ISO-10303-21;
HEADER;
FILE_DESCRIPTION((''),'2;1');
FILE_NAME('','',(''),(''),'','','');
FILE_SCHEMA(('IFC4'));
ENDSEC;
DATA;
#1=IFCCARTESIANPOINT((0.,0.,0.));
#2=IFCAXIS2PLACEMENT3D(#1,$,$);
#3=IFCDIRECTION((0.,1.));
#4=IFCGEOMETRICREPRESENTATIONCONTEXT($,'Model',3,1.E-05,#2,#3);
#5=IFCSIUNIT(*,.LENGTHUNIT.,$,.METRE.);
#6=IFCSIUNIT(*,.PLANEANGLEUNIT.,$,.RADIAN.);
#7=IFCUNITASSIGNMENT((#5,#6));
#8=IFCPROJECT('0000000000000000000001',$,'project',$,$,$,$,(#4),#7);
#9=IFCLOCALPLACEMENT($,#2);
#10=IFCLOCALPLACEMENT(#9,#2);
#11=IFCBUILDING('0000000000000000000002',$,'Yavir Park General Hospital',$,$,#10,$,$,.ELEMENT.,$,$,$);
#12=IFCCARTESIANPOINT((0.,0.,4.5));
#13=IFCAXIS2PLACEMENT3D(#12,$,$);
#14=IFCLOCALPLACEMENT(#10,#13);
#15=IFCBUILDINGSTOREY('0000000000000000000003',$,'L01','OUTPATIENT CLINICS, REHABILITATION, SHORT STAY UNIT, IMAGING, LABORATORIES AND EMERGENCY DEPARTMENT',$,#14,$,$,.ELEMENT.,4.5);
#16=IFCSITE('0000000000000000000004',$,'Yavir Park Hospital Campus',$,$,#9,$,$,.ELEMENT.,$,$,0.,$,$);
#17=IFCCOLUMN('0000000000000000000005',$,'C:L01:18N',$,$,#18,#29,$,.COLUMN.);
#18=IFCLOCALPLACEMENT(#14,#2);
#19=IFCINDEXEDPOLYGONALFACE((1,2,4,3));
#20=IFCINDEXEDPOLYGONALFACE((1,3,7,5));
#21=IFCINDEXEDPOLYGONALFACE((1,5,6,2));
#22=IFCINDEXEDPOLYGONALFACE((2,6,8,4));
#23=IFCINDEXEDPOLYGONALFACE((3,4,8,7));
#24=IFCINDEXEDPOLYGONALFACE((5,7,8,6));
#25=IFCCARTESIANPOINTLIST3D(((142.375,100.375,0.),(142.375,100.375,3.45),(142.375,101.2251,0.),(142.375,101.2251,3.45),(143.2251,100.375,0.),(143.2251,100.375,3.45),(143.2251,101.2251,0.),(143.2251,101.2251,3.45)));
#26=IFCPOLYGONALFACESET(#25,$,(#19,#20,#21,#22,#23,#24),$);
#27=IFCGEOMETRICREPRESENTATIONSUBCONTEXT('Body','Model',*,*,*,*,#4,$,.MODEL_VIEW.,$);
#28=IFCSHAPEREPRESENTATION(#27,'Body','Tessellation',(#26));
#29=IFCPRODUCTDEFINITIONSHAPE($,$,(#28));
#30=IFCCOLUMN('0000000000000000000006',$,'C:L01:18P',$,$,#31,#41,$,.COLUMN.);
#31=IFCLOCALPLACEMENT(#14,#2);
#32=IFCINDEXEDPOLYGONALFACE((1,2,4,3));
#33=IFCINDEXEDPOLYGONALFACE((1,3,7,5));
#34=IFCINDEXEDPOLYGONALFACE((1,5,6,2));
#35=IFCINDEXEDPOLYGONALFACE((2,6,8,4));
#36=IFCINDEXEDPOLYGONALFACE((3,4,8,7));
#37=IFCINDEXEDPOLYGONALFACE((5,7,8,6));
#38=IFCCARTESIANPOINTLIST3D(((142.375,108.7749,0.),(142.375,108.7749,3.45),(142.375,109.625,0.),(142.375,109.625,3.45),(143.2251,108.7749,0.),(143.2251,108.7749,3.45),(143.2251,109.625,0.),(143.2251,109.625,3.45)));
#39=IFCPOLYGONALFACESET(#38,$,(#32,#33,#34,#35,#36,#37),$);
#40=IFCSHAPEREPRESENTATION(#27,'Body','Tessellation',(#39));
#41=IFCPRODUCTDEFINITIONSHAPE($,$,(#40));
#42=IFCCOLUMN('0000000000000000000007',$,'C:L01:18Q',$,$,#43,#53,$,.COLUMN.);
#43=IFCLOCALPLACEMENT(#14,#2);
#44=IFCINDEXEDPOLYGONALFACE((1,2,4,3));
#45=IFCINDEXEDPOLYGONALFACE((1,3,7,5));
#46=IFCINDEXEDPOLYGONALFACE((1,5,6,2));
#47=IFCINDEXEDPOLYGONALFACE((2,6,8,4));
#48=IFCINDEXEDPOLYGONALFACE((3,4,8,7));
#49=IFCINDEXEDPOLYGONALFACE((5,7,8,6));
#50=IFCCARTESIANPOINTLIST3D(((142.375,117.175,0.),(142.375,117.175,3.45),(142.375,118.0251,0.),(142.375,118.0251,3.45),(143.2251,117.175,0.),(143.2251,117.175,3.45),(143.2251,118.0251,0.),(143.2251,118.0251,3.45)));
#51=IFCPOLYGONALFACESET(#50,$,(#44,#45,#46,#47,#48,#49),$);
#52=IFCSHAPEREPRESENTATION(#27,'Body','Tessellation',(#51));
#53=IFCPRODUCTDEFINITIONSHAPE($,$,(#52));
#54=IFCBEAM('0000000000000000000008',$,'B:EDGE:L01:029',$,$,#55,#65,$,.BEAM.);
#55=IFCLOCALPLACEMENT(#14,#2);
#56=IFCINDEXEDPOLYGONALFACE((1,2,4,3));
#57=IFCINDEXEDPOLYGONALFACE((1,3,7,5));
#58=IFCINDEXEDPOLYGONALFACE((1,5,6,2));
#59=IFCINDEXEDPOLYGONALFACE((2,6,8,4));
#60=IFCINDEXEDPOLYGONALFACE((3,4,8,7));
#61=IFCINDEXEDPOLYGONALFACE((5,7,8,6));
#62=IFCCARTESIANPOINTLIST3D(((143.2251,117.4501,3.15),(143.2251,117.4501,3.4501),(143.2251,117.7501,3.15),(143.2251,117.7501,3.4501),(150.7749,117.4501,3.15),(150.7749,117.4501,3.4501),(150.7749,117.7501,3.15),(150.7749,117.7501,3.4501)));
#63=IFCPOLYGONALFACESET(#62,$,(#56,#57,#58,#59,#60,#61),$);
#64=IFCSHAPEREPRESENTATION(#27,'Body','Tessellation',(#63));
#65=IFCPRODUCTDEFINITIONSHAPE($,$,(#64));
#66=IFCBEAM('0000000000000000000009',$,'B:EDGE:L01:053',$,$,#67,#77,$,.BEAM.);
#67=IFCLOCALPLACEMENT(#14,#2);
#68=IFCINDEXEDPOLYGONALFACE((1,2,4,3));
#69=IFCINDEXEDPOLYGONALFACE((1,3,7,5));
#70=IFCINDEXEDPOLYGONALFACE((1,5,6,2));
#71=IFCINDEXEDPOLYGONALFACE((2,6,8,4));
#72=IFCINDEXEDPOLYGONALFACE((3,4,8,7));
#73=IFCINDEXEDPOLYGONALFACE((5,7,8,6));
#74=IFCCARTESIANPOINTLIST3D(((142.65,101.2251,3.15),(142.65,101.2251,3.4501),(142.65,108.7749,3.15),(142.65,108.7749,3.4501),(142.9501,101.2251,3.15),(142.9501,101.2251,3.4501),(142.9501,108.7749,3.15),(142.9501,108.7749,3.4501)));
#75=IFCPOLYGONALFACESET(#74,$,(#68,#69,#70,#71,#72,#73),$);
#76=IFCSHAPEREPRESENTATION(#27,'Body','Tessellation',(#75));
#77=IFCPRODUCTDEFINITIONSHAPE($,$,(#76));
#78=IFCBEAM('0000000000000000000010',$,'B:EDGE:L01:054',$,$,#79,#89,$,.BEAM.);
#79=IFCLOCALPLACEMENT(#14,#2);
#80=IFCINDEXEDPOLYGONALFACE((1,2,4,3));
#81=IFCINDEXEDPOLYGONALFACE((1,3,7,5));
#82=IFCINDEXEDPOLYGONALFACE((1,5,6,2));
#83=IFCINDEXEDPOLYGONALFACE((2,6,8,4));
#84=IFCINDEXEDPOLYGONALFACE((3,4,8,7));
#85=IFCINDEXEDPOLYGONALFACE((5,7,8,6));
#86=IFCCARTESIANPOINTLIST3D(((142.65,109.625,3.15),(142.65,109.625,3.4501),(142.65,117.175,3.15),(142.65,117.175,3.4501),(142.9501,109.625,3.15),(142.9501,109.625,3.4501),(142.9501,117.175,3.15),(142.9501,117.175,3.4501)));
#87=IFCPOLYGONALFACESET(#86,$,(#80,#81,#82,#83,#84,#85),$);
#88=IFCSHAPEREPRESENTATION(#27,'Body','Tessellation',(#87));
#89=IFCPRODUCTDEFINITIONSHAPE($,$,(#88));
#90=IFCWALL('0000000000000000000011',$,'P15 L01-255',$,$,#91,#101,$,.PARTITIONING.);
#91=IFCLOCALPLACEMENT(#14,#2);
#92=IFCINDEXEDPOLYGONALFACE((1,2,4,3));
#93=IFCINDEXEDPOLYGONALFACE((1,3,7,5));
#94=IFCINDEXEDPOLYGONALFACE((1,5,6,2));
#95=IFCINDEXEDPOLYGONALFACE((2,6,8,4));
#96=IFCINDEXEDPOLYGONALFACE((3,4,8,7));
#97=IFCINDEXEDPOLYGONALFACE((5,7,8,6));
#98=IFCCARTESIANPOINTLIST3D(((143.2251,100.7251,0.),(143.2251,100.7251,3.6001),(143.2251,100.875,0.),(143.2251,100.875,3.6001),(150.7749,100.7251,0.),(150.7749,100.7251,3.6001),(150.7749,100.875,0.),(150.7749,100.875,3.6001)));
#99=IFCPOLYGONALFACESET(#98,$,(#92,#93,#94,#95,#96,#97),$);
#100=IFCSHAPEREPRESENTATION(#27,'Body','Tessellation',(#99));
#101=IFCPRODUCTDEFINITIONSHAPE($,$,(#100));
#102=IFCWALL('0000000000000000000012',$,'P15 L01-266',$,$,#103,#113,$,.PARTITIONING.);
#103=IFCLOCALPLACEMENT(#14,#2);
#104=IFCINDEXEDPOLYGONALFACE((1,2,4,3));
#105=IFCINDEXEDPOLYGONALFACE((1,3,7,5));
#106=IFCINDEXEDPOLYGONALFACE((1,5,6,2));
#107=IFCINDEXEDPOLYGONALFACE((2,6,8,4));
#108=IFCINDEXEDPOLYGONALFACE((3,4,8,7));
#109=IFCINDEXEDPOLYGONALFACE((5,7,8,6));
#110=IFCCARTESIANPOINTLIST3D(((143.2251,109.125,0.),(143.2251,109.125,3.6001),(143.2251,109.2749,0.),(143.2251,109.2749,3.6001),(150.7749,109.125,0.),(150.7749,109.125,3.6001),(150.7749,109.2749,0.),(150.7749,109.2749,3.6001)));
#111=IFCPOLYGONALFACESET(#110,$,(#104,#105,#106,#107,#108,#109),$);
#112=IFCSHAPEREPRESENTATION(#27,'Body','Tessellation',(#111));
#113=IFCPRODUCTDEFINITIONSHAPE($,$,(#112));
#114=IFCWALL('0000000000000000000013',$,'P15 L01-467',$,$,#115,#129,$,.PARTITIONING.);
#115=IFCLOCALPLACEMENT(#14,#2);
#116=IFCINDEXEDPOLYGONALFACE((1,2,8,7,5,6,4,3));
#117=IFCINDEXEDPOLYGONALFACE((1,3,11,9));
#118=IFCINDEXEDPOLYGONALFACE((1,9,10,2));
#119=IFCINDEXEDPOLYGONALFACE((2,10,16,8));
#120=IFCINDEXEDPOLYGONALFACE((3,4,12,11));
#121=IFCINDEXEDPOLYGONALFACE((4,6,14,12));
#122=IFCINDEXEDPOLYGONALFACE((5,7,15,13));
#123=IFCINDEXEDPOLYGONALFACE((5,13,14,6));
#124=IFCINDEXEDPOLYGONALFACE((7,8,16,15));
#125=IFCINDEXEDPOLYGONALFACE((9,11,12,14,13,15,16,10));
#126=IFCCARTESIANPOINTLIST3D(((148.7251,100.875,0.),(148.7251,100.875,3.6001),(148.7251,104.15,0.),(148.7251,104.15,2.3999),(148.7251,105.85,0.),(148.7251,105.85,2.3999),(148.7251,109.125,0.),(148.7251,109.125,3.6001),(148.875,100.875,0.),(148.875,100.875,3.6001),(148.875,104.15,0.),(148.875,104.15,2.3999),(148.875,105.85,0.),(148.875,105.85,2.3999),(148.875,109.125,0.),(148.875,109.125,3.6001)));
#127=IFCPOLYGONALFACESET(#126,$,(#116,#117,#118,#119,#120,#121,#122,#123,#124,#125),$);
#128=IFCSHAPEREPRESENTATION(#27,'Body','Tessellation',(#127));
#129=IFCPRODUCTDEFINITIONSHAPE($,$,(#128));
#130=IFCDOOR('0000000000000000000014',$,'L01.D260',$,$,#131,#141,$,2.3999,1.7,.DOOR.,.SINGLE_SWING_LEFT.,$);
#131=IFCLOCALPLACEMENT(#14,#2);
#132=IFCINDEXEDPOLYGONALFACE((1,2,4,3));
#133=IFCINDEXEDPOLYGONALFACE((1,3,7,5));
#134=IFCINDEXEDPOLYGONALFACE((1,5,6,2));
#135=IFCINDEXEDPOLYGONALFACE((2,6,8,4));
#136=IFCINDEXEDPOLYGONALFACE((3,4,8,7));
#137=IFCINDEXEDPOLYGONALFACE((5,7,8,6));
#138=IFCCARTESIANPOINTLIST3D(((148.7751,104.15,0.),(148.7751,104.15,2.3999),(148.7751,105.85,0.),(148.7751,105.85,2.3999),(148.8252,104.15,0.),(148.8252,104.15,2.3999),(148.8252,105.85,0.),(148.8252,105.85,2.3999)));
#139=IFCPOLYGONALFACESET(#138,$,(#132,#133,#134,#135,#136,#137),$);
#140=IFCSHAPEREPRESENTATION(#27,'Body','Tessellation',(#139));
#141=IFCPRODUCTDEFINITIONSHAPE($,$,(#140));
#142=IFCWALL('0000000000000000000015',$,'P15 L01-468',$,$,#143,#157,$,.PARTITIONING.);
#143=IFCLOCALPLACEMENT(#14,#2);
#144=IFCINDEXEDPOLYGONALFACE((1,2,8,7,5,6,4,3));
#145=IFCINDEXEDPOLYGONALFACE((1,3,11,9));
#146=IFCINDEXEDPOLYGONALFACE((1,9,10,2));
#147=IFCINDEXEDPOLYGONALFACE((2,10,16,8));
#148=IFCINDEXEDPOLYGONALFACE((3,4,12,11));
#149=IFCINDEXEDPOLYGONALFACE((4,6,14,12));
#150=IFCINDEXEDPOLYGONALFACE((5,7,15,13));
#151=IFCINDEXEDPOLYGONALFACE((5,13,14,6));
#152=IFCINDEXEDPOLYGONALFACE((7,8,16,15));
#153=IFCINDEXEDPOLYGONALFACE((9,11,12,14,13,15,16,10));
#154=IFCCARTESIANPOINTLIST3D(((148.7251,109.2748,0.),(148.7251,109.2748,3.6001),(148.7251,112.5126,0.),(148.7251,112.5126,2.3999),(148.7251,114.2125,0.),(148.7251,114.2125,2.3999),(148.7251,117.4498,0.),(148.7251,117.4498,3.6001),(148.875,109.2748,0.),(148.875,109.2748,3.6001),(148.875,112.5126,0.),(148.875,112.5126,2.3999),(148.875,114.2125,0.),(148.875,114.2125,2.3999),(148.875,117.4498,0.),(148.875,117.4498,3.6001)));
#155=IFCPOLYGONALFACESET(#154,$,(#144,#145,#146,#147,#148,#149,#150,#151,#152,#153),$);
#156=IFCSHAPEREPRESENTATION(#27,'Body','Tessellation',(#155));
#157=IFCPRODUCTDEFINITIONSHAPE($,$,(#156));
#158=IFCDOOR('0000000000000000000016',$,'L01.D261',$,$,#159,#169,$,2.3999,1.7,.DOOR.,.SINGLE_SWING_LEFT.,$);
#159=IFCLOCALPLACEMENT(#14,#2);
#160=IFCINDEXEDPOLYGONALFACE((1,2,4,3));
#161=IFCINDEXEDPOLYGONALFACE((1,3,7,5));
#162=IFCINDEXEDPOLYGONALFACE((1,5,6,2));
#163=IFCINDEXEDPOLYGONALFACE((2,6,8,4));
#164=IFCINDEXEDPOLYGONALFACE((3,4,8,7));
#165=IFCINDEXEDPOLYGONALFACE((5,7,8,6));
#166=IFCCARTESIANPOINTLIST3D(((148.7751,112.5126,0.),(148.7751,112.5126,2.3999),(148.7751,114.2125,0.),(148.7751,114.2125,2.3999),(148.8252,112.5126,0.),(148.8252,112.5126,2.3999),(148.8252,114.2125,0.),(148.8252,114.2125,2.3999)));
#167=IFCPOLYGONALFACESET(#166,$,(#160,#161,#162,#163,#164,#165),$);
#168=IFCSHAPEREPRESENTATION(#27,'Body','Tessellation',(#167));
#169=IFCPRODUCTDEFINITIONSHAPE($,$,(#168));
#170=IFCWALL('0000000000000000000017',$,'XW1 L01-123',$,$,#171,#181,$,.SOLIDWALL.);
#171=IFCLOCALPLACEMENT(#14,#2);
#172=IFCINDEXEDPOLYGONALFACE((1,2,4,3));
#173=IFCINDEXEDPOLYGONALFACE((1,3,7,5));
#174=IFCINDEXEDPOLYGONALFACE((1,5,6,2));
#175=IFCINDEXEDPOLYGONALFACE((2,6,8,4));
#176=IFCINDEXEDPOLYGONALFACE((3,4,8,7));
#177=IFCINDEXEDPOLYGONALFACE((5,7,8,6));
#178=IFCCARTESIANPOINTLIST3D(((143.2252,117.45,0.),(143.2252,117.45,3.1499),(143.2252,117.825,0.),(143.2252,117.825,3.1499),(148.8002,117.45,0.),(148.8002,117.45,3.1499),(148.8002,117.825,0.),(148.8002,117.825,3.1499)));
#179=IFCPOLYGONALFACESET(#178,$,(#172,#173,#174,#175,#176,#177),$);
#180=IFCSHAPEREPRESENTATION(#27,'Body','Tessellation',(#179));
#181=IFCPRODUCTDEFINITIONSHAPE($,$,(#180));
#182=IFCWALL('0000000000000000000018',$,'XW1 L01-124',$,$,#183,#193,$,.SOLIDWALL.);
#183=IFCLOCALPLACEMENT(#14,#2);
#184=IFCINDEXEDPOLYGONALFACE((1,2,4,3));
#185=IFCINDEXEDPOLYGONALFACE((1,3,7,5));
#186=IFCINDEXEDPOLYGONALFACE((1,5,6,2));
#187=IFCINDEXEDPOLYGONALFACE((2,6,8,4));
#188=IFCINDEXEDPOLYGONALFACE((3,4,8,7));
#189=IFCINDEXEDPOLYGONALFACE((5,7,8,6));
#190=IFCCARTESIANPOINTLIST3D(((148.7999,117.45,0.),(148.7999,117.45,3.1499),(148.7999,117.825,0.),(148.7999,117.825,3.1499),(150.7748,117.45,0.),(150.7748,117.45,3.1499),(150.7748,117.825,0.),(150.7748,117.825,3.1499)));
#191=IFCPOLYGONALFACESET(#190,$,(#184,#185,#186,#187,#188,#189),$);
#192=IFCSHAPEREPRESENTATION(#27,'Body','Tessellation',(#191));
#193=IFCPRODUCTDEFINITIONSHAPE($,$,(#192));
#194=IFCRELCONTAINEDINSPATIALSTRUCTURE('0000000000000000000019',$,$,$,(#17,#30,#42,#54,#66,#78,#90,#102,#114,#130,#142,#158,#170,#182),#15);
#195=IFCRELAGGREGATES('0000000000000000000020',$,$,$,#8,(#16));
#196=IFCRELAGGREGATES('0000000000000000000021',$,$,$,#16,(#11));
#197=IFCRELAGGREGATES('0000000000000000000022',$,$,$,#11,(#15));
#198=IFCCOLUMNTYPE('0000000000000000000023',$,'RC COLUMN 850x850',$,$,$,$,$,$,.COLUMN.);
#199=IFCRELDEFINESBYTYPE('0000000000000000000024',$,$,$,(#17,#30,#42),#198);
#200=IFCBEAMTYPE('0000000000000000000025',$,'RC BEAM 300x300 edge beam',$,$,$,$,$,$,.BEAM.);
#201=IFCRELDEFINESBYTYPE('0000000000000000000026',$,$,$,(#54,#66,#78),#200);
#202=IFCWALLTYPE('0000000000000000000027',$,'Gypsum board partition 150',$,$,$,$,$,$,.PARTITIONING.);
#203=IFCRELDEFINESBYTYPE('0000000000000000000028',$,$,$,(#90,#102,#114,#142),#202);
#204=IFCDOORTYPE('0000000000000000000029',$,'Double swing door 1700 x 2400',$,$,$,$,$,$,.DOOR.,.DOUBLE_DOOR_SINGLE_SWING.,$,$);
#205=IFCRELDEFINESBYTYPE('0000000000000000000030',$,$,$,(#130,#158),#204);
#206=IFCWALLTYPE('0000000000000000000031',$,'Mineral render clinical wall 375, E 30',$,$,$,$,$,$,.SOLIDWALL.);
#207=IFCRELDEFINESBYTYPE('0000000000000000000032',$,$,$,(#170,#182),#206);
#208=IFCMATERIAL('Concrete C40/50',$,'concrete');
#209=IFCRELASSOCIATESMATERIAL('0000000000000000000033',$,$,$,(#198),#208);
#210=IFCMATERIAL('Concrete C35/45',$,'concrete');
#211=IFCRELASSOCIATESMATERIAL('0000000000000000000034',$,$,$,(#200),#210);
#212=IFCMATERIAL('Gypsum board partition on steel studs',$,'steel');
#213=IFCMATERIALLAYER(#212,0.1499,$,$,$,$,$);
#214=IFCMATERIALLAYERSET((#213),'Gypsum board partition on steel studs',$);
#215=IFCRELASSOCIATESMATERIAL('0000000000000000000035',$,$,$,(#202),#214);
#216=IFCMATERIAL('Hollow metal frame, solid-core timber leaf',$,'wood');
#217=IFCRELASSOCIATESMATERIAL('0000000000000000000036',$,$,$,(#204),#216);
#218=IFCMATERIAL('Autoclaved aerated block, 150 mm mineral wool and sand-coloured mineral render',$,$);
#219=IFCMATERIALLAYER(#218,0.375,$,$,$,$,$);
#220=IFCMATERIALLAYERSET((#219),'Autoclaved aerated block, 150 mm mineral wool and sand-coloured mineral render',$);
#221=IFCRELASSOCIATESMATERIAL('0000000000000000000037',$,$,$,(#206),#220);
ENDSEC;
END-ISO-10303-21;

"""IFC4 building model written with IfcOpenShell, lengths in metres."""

from ifc_helpers import new_model, si_unit, direction, frame, frame_2d, origin, origin_2d, place, context, subcontext, project, spatial, rectangle, extrude, material, layer, layer_set, material_profile, profile_set, type_object, element, fill, save


model = new_model("IFC4")

# Units and contexts
model_context = context("Model", 3, precision=1e-05, world=origin(), true_north=direction((0.0, 1.0)))
body_context = subcontext(model_context, "Body", "Model", "MODEL_VIEW")
ifc_project = project(units=[si_unit("LENGTHUNIT", "METRE"), si_unit("PLANEANGLEUNIT", "RADIAN")], contexts=[model_context])

# Site, building, storey
site_placement = place(None, origin())
site = spatial("IfcSite", under=ifc_project, at=site_placement, Name="Yavir Park Hospital Campus", CompositionType="ELEMENT", RefElevation=0.0)
building_placement = place(site_placement, origin())
building = spatial("IfcBuilding", under=site, at=building_placement, Name="Yavir Park General Hospital", CompositionType="ELEMENT")
storey_placement = place(building_placement, frame((0.0, 0.0, 4.5)))
storey = spatial("IfcBuildingStorey", under=building, at=storey_placement, Name="L01", Description="OUTPATIENT CLINICS, REHABILITATION, SHORT STAY UNIT, IMAGING, LABORATORIES AND EMERGENCY DEPARTMENT", CompositionType="ELEMENT", Elevation=4.5)

# Columns
ifc_material_1 = material(Name="Concrete C40/50", Category="concrete")
ifc_material_profile_1 = material_profile(ifc_material_1, rectangle(XDim=0.8501, YDim=0.8501, at=origin_2d()), Name="RC850x850")
ifc_profile_set_1 = profile_set([ifc_material_profile_1], Name="Concrete C40/50")
column_type = type_object("IfcColumnType", Name="RC COLUMN 850x850", PredefinedType="COLUMN", material=ifc_profile_set_1)
for number, where, z_axis, x_axis, name in (
    (1, (142.8, 100.8, 0.0), (0.0, 0.0, 1.0), (1.0, 0.0, 0.0), "C:L01:18N"),
    (2, (142.8, 109.2, 0.0), (0.0, 0.0, 1.0), (1.0, 0.0, 0.0), "C:L01:18P"),
    (3, (142.8, 117.6001, 0.0), (0.0, 0.0, 1.0), (1.0, 0.0, 0.0), "C:L01:18Q"),
):
    element("IfcColumn", number, at=place(storey_placement, frame(where, z_axis=z_axis, x_axis=x_axis)), inside=storey, type_object=column_type, Name=name, PredefinedType="COLUMN", context=body_context, shape_type="SweptSolid", body=[
        extrude(rectangle(XDim=0.8501, YDim=0.8501, at=origin_2d()), origin(), (0.0, 0.0, 1.0), 3.45),
    ])

# Beams
ifc_material_2 = material(Name="Concrete C35/45", Category="concrete")
ifc_material_profile_2 = material_profile(ifc_material_2, rectangle(XDim=0.3, YDim=0.3, at=origin_2d()), Name="RC300x300")
ifc_profile_set_2 = profile_set([ifc_material_profile_2], Name="Concrete C35/45")
beam_type = type_object("IfcBeamType", Name="RC BEAM 300x300 edge beam", PredefinedType="BEAM", material=ifc_profile_set_2)
for number, where, z_axis, x_axis, name in (
    (4, (143.2251, 117.6001, 3.3), (1.0, 0.0, 0.0), (0.0, 1.0, 0.0), "B:EDGE:L01:029"),
    (5, (142.8, 101.2251, 3.3), (0.0, 1.0, 0.0), (-1.0, 0.0, 0.0), "B:EDGE:L01:053"),
):
    element("IfcBeam", number, at=place(storey_placement, frame(where, z_axis=z_axis, x_axis=x_axis)), inside=storey, type_object=beam_type, Name=name, PredefinedType="BEAM", context=body_context, shape_type="SweptSolid", body=[
        extrude(rectangle(XDim=0.3, YDim=0.3, at=origin_2d()), origin(), (0.0, 0.0, 1.0), 7.5498),
    ])
beam_placement = place(storey_placement, frame((142.8, 109.625, 3.3), z_axis=(0.0, 1.0, 0.0), x_axis=(-1.0, 0.0, 0.0)))
element("IfcBeam", 6, at=beam_placement, inside=storey, type_object=beam_type, Name="B:EDGE:L01:054", PredefinedType="BEAM", context=body_context, shape_type="SweptSolid", body=[
    extrude(rectangle(XDim=0.3, YDim=0.3, at=origin_2d()), origin(), (0.0, 0.0, 1.0), 7.55),
])

# Walls
ifc_material_3 = material(Name="Gypsum board partition on steel studs", Category="steel")
ifc_layer_1 = layer(ifc_material_3, 0.1499)
ifc_layer_set_1 = layer_set([ifc_layer_1], Name="Gypsum board partition on steel studs")
wall_type_1 = type_object("IfcWallType", Name="Gypsum board partition 150", PredefinedType="PARTITIONING", material=ifc_layer_set_1)
for number, where, z_axis, x_axis, name in (
    (7, (143.2251, 100.8, 0.0), (0.0, 0.0, 1.0), (1.0, 0.0, 0.0), "P15 L01-255"),
    (8, (143.2251, 109.2, 0.0), (0.0, 0.0, 1.0), (1.0, 0.0, 0.0), "P15 L01-266"),
):
    element("IfcWall", number, at=place(storey_placement, frame(where, z_axis=z_axis, x_axis=x_axis)), inside=storey, type_object=wall_type_1, Name=name, PredefinedType="PARTITIONING", context=body_context, shape_type="SweptSolid", body=[
        extrude(rectangle(XDim=7.5498, YDim=0.1499, at=frame_2d((3.7749, 0.0))), origin(), (0.0, 0.0, 1.0), 3.6001),
    ])

# Walls, openings, doors
wall_1_placement = place(storey_placement, frame((148.8, 100.875, 0.0), z_axis=(0.0, 0.0, 1.0), x_axis=(0.0, 1.0, 0.0)))
wall_1 = element("IfcWall", 9, at=wall_1_placement, inside=storey, type_object=wall_type_1, Name="P15 L01-467", PredefinedType="PARTITIONING", context=body_context, shape_type="SweptSolid", body=[
    extrude(rectangle(XDim=8.25, YDim=0.1499, at=frame_2d((4.125, 0.0))), origin(), (0.0, 0.0, 1.0), 3.6001),
])
opening_1_placement = place(wall_1_placement, frame((3.2749, 0.0, 0.0)))
opening_1 = element("IfcOpeningElement", 10, at=opening_1_placement, cuts=wall_1, PredefinedType="OPENING", context=body_context, shape_type="SweptSolid", body=[
    extrude(rectangle(XDim=1.7, YDim=2.3999, at=frame_2d((0.8501, 1.2))), frame((0.0, 0.085, 0.0), z_axis=(0.0, -1.0, 0.0), x_axis=(1.0, 0.0, 0.0)), (0.0, 0.0, 1.0), 0.1699),
])
ifc_material_4 = material(Name="Hollow metal frame, solid-core timber leaf", Category="wood")
door_type = type_object("IfcDoorType", Name="Double swing door 1700 x 2400", OperationType="DOUBLE_DOOR_SINGLE_SWING", PredefinedType="DOOR", material=ifc_material_4)
door_1_placement = place(opening_1_placement, origin())
door_1 = element("IfcDoor", 11, at=door_1_placement, inside=storey, type_object=door_type, Name="L01.D260", OperationType="SINGLE_SWING_LEFT", OverallHeight=2.3999, OverallWidth=1.7, PredefinedType="DOOR", context=body_context, shape_type="SweptSolid", body=[
    extrude(rectangle(XDim=1.7, YDim=2.3999, at=frame_2d((0.8501, 1.2))), frame((0.0, 0.0249, 0.0), z_axis=(0.0, -1.0, 0.0), x_axis=(1.0, 0.0, 0.0)), (0.0, 0.0, 1.0), 0.05),
])
fill(opening_1, door_1)
wall_2_placement = place(storey_placement, frame((148.8, 109.2749, 0.0), z_axis=(0.0, 0.0, 1.0), x_axis=(0.0, 1.0, 0.0)))
wall_2 = element("IfcWall", 12, at=wall_2_placement, inside=storey, type_object=wall_type_1, Name="P15 L01-468", PredefinedType="PARTITIONING", context=body_context, shape_type="SweptSolid", body=[
    extrude(rectangle(XDim=8.175, YDim=0.1499, at=frame_2d((4.0874, 0.0))), origin(), (0.0, 0.0, 1.0), 3.6001),
])
opening_2_placement = place(wall_2_placement, frame((3.2375, 0.0, 0.0)))
opening_2 = element("IfcOpeningElement", 13, at=opening_2_placement, cuts=wall_2, PredefinedType="OPENING", context=body_context, shape_type="SweptSolid", body=[
    extrude(rectangle(XDim=1.7, YDim=2.3999, at=frame_2d((0.8501, 1.2))), frame((0.0, 0.085, 0.0), z_axis=(0.0, -1.0, 0.0), x_axis=(1.0, 0.0, 0.0)), (0.0, 0.0, 1.0), 0.1699),
])
door_2_placement = place(opening_2_placement, origin())
door_2 = element("IfcDoor", 14, at=door_2_placement, inside=storey, type_object=door_type, Name="L01.D261", OperationType="SINGLE_SWING_LEFT", OverallHeight=2.3999, OverallWidth=1.7, PredefinedType="DOOR", context=body_context, shape_type="SweptSolid", body=[
    extrude(rectangle(XDim=1.7, YDim=2.3999, at=frame_2d((0.8501, 1.2))), frame((0.0, 0.0249, 0.0), z_axis=(0.0, -1.0, 0.0), x_axis=(1.0, 0.0, 0.0)), (0.0, 0.0, 1.0), 0.05),
])
fill(opening_2, door_2)

# Walls
ifc_material_5 = material(Name="Autoclaved aerated block, 150 mm mineral wool and sand-coloured mineral render")
ifc_layer_2 = layer(ifc_material_5, 0.375)
ifc_layer_set_2 = layer_set([ifc_layer_2], Name="Autoclaved aerated block, 150 mm mineral wool and sand-coloured mineral render")
wall_type_2 = type_object("IfcWallType", Name="Mineral render clinical wall 375, E 30", PredefinedType="SOLIDWALL", material=ifc_layer_set_2)
wall_3_placement = place(storey_placement, frame((143.2251, 117.6375, 0.0), z_axis=(0.0, 0.0, 1.0), x_axis=(1.0, 0.0, 0.0)))
element("IfcWall", 15, at=wall_3_placement, inside=storey, type_object=wall_type_2, Name="XW1 L01-123", PredefinedType="SOLIDWALL", context=body_context, shape_type="SweptSolid", body=[
    extrude(rectangle(XDim=5.575, YDim=0.375, at=frame_2d((2.7876, 0.0))), origin(), (0.0, 0.0, 1.0), 3.1499),
])
wall_4_placement = place(storey_placement, frame((148.8, 117.6375, 0.0), z_axis=(0.0, 0.0, 1.0), x_axis=(1.0, 0.0, 0.0)))
element("IfcWall", 16, at=wall_4_placement, inside=storey, type_object=wall_type_2, Name="XW1 L01-124", PredefinedType="SOLIDWALL", context=body_context, shape_type="SweptSolid", body=[
    extrude(rectangle(XDim=1.9749, YDim=0.375, at=frame_2d((0.9873, 0.0))), origin(), (0.0, 0.0, 1.0), 3.1499),
])

save(model, "model.ifc")
